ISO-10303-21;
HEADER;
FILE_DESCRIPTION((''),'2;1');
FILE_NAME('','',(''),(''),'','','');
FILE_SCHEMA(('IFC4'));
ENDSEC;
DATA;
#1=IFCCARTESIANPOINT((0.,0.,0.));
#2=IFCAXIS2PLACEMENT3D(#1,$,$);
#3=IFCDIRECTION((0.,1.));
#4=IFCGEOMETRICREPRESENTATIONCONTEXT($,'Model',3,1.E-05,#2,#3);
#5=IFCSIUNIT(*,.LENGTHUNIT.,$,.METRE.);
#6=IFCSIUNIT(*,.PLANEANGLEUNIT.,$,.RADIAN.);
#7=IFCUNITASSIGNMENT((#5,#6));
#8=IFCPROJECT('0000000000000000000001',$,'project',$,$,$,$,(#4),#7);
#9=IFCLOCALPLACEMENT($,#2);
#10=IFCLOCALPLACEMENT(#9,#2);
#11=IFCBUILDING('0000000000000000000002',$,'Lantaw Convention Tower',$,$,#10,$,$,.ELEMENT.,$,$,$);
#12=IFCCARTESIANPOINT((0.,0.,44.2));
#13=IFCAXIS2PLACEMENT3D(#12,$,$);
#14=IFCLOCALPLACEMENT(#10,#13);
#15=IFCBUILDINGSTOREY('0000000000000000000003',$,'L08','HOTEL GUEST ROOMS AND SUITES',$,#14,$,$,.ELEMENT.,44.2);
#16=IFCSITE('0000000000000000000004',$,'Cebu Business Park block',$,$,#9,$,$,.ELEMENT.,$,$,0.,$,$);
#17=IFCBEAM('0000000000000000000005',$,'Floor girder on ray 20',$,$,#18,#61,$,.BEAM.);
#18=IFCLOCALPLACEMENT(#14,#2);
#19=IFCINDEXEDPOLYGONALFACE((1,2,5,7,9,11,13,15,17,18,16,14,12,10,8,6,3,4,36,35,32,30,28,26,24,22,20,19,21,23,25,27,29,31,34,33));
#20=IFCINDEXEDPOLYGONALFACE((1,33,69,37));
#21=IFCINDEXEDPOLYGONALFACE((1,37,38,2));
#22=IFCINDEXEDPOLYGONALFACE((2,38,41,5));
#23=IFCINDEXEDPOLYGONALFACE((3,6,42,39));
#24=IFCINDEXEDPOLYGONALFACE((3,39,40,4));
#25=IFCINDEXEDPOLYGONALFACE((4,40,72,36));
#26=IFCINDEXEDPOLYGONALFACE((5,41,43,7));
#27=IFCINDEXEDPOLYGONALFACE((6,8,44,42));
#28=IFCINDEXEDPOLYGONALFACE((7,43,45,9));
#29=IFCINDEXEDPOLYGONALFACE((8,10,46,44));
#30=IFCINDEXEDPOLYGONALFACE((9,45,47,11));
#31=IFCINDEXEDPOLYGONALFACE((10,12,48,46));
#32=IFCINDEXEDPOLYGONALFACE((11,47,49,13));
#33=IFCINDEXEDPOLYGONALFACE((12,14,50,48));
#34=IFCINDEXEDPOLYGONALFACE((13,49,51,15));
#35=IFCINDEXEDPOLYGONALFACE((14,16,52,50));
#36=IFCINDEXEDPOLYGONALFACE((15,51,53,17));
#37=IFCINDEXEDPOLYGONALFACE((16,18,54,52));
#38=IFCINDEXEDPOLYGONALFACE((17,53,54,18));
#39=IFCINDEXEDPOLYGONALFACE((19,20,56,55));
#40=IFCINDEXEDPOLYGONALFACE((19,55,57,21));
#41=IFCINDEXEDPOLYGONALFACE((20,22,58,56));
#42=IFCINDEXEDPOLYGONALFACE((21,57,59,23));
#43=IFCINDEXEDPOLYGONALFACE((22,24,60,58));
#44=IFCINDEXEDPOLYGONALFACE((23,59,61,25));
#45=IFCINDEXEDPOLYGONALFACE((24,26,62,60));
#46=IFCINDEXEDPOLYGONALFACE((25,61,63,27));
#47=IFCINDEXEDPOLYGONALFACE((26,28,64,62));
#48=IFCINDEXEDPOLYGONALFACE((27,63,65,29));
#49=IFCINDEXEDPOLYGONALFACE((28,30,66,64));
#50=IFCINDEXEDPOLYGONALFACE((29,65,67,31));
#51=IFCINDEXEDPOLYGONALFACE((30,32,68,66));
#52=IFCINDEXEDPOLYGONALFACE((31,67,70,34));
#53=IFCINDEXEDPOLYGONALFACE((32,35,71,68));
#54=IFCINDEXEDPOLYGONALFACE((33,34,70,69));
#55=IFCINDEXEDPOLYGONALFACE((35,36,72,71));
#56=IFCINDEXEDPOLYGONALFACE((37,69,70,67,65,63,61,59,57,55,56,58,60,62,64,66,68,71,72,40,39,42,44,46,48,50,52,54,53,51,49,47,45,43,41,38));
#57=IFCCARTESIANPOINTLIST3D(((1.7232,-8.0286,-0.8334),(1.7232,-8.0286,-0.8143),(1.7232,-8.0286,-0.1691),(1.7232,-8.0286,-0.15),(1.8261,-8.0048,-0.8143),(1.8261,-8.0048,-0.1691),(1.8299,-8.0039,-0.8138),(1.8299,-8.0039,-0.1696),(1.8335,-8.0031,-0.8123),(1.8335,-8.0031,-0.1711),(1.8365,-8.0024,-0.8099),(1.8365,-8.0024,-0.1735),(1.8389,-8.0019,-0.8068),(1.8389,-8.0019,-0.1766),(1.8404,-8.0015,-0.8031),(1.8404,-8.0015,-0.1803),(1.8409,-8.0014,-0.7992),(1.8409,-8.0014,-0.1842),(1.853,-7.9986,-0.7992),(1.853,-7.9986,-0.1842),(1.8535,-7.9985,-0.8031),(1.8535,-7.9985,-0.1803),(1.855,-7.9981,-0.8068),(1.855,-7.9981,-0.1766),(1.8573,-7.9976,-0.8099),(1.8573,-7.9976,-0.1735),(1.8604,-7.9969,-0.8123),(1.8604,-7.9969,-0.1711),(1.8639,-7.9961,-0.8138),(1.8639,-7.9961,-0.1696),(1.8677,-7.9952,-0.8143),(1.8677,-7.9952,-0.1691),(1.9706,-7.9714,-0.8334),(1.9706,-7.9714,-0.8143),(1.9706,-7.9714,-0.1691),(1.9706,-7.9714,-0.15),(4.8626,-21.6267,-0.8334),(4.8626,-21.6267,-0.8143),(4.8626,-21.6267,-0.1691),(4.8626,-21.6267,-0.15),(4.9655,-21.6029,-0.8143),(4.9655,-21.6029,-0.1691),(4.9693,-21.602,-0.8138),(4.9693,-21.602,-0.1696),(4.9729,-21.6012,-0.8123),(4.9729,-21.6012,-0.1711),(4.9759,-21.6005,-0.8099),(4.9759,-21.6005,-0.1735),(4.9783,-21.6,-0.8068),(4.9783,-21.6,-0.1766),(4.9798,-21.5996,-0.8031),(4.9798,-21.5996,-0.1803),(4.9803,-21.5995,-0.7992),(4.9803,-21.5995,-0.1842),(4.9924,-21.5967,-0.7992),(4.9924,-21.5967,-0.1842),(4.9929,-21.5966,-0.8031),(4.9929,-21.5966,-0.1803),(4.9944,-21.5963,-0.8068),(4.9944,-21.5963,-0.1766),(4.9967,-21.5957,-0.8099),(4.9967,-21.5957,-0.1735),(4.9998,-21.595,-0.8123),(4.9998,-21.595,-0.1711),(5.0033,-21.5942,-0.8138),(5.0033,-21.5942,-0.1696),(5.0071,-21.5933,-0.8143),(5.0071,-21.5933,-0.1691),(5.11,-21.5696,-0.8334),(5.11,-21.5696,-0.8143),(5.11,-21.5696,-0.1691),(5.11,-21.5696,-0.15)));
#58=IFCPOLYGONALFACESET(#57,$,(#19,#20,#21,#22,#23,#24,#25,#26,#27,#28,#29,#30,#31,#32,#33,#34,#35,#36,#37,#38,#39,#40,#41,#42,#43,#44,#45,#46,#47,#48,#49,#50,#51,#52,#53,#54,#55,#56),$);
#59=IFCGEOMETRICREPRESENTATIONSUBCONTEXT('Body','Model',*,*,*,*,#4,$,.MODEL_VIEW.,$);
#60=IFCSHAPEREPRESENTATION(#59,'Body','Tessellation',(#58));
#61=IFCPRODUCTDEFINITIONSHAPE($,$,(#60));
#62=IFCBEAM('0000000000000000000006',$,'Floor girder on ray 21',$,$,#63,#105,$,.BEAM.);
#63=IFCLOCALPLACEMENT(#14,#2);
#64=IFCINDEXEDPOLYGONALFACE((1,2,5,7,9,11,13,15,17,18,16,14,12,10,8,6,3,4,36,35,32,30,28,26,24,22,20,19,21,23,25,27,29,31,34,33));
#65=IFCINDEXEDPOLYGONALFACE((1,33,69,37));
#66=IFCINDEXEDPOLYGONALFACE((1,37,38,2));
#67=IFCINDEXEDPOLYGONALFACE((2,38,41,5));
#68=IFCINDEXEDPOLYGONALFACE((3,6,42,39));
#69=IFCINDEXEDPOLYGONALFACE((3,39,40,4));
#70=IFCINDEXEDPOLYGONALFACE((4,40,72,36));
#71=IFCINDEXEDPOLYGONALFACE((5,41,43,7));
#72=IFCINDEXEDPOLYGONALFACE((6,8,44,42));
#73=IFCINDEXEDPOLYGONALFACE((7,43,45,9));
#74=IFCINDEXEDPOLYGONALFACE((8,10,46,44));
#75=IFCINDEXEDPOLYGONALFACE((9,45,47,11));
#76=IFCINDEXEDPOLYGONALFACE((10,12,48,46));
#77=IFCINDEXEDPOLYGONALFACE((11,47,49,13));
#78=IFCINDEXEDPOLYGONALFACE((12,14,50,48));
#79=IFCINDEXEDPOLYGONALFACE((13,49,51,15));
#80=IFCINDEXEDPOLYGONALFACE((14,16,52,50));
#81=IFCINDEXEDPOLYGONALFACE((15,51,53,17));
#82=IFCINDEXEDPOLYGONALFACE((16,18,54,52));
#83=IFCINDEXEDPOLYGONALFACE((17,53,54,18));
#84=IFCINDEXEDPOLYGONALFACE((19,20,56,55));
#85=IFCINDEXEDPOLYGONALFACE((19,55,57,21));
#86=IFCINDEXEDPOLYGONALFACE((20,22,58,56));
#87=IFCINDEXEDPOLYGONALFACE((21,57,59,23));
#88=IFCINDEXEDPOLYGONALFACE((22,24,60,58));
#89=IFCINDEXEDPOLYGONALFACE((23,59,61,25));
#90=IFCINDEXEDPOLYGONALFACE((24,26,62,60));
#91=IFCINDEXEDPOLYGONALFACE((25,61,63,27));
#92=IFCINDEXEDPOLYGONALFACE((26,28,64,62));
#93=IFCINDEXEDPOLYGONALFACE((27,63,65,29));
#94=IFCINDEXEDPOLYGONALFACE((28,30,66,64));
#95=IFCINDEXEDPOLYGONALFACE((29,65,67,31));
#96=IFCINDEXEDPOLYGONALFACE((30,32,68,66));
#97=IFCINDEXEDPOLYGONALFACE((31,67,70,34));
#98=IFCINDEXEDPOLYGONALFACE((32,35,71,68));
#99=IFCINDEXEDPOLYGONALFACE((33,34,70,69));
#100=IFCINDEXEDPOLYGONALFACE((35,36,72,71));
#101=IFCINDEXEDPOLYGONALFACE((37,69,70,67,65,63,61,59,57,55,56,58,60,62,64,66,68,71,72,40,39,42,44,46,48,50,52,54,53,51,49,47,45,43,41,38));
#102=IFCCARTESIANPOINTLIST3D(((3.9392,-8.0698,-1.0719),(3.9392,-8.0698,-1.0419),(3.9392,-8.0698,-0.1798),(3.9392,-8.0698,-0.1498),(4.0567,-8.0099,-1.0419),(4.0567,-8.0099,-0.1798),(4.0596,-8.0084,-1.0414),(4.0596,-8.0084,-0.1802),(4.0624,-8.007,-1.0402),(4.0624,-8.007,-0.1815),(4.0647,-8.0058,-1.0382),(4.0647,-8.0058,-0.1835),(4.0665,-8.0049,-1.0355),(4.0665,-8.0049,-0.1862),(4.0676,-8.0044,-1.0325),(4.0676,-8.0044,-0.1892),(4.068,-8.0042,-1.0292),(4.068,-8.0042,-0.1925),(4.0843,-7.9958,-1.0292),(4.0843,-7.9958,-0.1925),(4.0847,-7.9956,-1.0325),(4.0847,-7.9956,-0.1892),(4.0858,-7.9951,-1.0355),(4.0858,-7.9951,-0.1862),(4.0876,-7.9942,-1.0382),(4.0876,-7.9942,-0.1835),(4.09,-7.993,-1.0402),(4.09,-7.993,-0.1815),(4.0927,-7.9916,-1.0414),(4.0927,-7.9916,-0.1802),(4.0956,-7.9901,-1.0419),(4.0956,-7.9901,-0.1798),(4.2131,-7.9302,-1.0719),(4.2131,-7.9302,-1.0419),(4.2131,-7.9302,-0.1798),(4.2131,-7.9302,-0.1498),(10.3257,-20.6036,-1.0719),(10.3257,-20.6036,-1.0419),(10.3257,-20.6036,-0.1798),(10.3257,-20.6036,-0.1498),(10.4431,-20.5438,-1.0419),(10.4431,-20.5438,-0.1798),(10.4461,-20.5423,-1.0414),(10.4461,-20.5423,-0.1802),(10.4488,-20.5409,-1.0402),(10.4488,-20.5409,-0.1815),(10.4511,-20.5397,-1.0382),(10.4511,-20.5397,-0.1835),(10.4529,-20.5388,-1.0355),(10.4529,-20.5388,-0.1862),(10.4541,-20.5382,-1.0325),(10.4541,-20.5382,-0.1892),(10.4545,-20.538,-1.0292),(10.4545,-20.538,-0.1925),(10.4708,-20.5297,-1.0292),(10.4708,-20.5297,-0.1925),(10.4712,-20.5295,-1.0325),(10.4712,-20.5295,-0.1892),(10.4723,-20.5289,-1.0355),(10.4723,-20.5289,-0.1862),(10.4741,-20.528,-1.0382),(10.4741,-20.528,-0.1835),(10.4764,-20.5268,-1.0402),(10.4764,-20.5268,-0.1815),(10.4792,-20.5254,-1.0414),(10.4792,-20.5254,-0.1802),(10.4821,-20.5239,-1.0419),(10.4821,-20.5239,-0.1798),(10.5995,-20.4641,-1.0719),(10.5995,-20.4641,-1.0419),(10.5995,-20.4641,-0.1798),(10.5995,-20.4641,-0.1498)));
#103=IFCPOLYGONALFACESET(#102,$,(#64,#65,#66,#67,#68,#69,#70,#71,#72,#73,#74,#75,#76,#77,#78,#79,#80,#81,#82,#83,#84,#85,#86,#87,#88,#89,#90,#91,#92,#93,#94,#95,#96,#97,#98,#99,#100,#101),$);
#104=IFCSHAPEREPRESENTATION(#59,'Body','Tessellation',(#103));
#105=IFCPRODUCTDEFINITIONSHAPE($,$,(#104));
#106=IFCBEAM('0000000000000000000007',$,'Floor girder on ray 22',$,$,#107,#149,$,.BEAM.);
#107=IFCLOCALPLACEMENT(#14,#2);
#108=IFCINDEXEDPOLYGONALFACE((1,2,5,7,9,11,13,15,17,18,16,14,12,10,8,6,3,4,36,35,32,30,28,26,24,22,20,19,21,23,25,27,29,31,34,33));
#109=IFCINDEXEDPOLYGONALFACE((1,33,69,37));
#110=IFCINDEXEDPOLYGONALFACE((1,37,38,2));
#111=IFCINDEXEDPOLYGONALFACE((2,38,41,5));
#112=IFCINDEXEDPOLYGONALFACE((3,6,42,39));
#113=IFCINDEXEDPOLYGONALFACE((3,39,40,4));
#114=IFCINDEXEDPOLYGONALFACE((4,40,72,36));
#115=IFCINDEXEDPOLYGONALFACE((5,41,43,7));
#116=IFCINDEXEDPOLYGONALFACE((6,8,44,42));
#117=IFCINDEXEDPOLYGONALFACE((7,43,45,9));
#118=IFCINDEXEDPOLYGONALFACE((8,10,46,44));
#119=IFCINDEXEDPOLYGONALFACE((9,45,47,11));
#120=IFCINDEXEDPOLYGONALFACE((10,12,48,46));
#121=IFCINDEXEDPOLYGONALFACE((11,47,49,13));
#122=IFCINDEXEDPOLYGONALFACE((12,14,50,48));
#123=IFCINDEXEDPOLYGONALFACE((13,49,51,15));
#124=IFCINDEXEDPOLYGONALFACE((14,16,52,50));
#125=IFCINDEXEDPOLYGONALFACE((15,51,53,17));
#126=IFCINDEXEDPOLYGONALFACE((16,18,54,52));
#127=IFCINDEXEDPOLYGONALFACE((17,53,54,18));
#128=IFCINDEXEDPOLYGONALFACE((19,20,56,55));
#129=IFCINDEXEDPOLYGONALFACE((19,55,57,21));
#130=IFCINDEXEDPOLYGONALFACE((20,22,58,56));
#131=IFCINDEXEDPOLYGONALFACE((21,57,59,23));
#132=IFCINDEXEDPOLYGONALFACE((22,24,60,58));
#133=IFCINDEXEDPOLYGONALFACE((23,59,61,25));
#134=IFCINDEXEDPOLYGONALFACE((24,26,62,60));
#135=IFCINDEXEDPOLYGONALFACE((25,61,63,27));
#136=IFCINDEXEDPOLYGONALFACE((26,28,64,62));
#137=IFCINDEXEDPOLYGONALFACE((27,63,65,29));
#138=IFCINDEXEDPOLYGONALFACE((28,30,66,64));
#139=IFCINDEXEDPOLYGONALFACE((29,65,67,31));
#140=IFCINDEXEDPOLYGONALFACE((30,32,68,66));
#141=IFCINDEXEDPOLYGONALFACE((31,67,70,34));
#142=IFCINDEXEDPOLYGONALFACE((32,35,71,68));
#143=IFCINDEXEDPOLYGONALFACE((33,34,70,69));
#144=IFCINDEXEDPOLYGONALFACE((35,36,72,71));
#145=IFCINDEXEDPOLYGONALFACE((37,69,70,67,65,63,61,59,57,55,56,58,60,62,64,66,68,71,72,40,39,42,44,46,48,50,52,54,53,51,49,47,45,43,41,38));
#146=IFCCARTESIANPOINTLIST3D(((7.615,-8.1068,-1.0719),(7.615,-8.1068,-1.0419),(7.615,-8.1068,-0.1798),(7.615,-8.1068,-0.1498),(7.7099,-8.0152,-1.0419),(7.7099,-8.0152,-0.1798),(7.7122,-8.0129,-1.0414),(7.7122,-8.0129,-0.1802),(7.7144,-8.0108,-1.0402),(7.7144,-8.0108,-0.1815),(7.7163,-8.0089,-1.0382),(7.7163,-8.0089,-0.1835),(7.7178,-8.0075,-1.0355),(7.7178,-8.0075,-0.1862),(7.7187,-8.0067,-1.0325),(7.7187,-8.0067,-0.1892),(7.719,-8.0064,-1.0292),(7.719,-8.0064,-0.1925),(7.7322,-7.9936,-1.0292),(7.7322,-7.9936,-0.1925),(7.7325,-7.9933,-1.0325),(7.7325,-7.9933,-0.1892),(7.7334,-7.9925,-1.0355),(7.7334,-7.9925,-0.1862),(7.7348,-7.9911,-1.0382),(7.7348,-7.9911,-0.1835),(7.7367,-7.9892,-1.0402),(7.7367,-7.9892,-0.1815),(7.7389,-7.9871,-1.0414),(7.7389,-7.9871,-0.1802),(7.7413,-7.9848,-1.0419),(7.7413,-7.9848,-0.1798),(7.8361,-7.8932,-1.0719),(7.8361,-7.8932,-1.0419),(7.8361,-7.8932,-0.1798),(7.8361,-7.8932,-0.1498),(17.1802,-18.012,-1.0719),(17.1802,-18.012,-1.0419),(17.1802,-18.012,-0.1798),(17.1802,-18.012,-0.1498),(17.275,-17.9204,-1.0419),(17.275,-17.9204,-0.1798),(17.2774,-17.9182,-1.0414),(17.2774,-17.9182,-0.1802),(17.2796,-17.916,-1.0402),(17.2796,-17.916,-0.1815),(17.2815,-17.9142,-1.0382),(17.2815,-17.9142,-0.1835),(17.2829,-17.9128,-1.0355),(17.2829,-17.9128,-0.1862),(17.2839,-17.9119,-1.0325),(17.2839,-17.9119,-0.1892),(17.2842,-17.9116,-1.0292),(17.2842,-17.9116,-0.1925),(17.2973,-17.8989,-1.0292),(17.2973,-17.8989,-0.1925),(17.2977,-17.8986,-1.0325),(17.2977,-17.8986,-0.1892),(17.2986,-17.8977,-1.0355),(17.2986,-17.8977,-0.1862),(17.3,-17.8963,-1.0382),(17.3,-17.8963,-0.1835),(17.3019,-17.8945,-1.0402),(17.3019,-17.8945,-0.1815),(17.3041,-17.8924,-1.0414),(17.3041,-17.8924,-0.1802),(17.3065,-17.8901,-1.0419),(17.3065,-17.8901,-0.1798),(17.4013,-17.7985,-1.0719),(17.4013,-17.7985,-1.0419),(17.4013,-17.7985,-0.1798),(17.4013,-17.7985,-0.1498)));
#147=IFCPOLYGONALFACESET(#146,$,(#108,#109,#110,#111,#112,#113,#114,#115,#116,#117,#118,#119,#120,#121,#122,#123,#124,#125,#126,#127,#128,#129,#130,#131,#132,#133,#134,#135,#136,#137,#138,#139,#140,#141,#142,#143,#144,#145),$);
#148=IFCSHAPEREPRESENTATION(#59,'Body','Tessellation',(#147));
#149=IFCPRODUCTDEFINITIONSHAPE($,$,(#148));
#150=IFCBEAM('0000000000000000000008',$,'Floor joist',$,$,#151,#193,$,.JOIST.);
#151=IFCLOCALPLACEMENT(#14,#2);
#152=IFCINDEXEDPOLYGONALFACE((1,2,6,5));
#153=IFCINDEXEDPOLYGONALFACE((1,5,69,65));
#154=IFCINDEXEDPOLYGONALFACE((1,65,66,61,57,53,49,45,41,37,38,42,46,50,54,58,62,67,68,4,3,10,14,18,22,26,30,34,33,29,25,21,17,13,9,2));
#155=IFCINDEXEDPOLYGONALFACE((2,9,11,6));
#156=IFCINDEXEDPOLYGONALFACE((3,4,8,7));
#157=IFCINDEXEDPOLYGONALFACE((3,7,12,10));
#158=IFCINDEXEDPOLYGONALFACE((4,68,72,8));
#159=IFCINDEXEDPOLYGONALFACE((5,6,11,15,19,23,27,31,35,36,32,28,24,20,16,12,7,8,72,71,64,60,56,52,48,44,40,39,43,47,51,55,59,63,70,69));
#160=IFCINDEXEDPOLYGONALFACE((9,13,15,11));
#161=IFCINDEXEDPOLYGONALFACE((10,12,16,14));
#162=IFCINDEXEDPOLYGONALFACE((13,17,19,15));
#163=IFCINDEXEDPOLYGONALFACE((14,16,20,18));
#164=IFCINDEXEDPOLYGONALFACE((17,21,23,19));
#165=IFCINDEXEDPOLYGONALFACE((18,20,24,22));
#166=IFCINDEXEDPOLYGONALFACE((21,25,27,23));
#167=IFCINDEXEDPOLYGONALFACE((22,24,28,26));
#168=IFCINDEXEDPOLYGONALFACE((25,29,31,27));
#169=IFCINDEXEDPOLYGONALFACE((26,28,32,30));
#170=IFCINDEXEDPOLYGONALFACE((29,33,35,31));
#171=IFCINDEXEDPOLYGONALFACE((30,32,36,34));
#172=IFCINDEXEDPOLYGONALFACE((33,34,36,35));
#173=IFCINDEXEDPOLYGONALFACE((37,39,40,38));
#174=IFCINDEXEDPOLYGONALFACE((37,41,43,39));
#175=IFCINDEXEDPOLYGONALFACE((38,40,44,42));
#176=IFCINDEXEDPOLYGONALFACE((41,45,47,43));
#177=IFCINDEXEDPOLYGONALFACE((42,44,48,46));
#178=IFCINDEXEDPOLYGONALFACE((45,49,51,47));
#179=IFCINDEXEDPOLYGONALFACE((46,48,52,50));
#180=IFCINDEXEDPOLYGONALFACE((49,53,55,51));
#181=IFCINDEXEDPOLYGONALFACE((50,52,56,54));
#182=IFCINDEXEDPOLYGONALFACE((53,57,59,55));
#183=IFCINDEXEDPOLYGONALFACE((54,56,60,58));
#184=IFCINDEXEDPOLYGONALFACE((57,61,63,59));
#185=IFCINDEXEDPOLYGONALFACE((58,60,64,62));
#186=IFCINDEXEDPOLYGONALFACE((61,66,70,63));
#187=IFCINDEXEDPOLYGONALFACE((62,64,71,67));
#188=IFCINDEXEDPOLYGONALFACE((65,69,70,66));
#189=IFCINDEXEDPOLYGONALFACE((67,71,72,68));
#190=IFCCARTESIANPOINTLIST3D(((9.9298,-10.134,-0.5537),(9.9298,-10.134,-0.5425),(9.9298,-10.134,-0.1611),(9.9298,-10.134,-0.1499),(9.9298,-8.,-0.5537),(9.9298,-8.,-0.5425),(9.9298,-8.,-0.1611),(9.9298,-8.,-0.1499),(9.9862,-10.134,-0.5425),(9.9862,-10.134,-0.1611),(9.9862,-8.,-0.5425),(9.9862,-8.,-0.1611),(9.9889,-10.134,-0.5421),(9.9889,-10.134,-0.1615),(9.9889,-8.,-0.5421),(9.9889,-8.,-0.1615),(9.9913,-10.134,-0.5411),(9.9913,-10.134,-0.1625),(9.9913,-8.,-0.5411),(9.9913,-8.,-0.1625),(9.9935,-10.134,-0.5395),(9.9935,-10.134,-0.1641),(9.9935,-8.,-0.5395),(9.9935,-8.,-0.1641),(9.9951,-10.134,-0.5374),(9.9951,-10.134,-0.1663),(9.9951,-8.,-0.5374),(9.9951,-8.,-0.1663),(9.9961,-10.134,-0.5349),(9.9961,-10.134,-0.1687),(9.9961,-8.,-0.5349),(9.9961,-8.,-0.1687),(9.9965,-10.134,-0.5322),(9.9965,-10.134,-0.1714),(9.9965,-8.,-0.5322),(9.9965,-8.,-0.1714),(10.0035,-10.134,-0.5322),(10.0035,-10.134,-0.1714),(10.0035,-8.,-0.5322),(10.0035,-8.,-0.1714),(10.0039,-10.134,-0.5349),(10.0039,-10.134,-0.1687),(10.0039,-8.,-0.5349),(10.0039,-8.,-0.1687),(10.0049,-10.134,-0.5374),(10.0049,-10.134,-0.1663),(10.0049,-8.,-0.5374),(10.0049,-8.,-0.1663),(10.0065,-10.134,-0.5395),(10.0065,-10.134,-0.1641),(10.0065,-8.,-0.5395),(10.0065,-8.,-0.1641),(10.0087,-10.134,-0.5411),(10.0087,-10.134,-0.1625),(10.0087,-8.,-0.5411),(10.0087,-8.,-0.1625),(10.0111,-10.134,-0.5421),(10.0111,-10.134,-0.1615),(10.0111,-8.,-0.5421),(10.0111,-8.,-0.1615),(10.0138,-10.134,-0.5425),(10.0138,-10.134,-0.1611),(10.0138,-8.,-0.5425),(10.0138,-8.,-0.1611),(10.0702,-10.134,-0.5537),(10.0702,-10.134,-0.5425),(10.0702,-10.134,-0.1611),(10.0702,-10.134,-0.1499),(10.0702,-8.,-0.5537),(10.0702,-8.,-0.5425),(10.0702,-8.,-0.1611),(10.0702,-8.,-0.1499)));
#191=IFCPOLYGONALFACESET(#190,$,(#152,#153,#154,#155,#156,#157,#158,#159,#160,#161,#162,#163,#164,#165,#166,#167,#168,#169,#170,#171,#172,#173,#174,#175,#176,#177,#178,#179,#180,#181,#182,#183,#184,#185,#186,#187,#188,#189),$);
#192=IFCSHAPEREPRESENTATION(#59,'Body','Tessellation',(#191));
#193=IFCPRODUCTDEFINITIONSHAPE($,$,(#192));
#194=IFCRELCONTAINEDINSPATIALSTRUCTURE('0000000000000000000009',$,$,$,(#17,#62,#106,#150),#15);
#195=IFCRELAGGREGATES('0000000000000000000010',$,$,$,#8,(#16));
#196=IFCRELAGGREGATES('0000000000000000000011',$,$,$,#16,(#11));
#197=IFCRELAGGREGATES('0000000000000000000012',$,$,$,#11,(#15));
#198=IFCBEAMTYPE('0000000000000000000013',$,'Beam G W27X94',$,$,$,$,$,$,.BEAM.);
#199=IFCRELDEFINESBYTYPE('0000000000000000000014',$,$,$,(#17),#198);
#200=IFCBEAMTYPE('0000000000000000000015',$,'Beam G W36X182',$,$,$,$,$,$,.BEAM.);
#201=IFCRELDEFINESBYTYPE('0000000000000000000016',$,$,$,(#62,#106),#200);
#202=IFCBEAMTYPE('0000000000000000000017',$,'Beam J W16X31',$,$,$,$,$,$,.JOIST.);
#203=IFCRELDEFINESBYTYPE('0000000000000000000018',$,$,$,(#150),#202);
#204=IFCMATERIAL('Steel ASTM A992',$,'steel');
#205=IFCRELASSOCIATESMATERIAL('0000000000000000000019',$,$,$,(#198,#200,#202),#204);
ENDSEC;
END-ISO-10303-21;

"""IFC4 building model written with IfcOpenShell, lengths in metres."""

from ifc_helpers import new_model, si_unit, direction, frame, origin, origin_2d, place, context, subcontext, project, spatial, i_section, extrude, material, material_profile, profile_set, type_object, element, save


model = new_model("IFC4")

# Units and contexts
model_context = context("Model", 3, precision=1e-05, world=origin(), true_north=direction((0.0, 1.0)))
body_context = subcontext(model_context, "Body", "Model", "MODEL_VIEW")
ifc_project = project(units=[si_unit("LENGTHUNIT", "METRE"), si_unit("PLANEANGLEUNIT", "RADIAN")], contexts=[model_context])

# Site, building, storey
site_placement = place(None, origin())
site = spatial("IfcSite", under=ifc_project, at=site_placement, Name="Cebu Business Park block", CompositionType="ELEMENT", RefElevation=0.0)
building_placement = place(site_placement, origin())
building = spatial("IfcBuilding", under=site, at=building_placement, Name="Lantaw Convention Tower", CompositionType="ELEMENT")
storey_placement = place(building_placement, frame((0.0, 0.0, 44.2)))
storey = spatial("IfcBuildingStorey", under=building, at=storey_placement, Name="L08", Description="HOTEL GUEST ROOMS AND SUITES", CompositionType="ELEMENT", Elevation=44.2)

# Beams
ifc_material_1 = material(Name="Steel ASTM A992", Category="steel")
ifc_material_profile_1 = material_profile(ifc_material_1, i_section(OverallWidth=0.2539, OverallDepth=0.6833, WebThickness=0.0125, FlangeThickness=0.019, FilletRadius=0.0151, at=origin_2d()), Name="W27X94")
ifc_profile_set_1 = profile_set([ifc_material_profile_1], Name="Steel ASTM A992")
beam_type_1 = type_object("IfcBeamType", Name="Beam G W27X94", PredefinedType="BEAM", material=ifc_profile_set_1)
beam_1_placement = place(storey_placement, frame((1.8469, -8.0, -0.4917), z_axis=(0.224953, -0.97437, 0.0), x_axis=(0.97437, 0.224953, 0.0)))
element("IfcBeam", 1, at=beam_1_placement, inside=storey, type_object=beam_type_1, Name="Floor girder on ray 20", PredefinedType="BEAM", context=body_context, shape_type="SweptSolid", body=[
    extrude(i_section(OverallWidth=0.2539, OverallDepth=0.6833, WebThickness=0.0125, FlangeThickness=0.019, FilletRadius=0.0151, at=origin_2d()), origin(), (0.0, 0.0, 1.0), 13.9558),
])
ifc_material_profile_2 = material_profile(ifc_material_1, i_section(OverallWidth=0.3074, OverallDepth=0.9221, WebThickness=0.0183, FlangeThickness=0.03, FilletRadius=0.0127, at=origin_2d()), Name="W36X182")
ifc_profile_set_2 = profile_set([ifc_material_profile_2], Name="Steel ASTM A992")
beam_type_2 = type_object("IfcBeamType", Name="Beam G W36X182", PredefinedType="BEAM", material=ifc_profile_set_2)
beam_2_placement = place(storey_placement, frame((4.0762, -8.0, -0.6108), z_axis=(0.453997, -0.891003, 0.0), x_axis=(0.891003, 0.453997, 0.0)))
element("IfcBeam", 2, at=beam_2_placement, inside=storey, type_object=beam_type_2, Name="Floor girder on ray 21", PredefinedType="BEAM", context=body_context, shape_type="SweptSolid", body=[
    extrude(i_section(OverallWidth=0.3074, OverallDepth=0.9221, WebThickness=0.0183, FlangeThickness=0.03, FilletRadius=0.0127, at=origin_2d()), origin(), (0.0, 0.0, 1.0), 14.0671),
])
beam_3_placement = place(storey_placement, frame((7.7256, -8.0, -0.6108), z_axis=(0.69465, -0.719348, 0.0), x_axis=(0.719348, 0.69465, 0.0)))
element("IfcBeam", 3, at=beam_3_placement, inside=storey, type_object=beam_type_2, Name="Floor girder on ray 22", PredefinedType="BEAM", context=body_context, shape_type="SweptSolid", body=[
    extrude(i_section(OverallWidth=0.3074, OverallDepth=0.9221, WebThickness=0.0183, FlangeThickness=0.03, FilletRadius=0.0127, at=origin_2d()), origin(), (0.0, 0.0, 1.0), 13.7698),
])
ifc_material_profile_3 = material_profile(ifc_material_1, i_section(OverallWidth=0.1404, OverallDepth=0.4038, WebThickness=0.0071, FlangeThickness=0.0112, FilletRadius=0.0103, at=origin_2d()), Name="W16X31")
ifc_profile_set_3 = profile_set([ifc_material_profile_3], Name="Steel ASTM A992")
beam_type_3 = type_object("IfcBeamType", Name="Beam J W16X31", PredefinedType="JOIST", material=ifc_profile_set_3)
beam_4_placement = place(storey_placement, frame((10.0, -10.134, -0.3518), z_axis=(0.0, 1.0, 0.0), x_axis=(-1.0, 0.0, 0.0)))
element("IfcBeam", 4, at=beam_4_placement, inside=storey, type_object=beam_type_3, Name="Floor joist", PredefinedType="JOIST", context=body_context, shape_type="SweptSolid", body=[
    extrude(i_section(OverallWidth=0.1404, OverallDepth=0.4038, WebThickness=0.0071, FlangeThickness=0.0112, FilletRadius=0.0103, at=origin_2d()), origin(), (0.0, 0.0, 1.0), 2.134),
])

save(model, "model.ifc")
